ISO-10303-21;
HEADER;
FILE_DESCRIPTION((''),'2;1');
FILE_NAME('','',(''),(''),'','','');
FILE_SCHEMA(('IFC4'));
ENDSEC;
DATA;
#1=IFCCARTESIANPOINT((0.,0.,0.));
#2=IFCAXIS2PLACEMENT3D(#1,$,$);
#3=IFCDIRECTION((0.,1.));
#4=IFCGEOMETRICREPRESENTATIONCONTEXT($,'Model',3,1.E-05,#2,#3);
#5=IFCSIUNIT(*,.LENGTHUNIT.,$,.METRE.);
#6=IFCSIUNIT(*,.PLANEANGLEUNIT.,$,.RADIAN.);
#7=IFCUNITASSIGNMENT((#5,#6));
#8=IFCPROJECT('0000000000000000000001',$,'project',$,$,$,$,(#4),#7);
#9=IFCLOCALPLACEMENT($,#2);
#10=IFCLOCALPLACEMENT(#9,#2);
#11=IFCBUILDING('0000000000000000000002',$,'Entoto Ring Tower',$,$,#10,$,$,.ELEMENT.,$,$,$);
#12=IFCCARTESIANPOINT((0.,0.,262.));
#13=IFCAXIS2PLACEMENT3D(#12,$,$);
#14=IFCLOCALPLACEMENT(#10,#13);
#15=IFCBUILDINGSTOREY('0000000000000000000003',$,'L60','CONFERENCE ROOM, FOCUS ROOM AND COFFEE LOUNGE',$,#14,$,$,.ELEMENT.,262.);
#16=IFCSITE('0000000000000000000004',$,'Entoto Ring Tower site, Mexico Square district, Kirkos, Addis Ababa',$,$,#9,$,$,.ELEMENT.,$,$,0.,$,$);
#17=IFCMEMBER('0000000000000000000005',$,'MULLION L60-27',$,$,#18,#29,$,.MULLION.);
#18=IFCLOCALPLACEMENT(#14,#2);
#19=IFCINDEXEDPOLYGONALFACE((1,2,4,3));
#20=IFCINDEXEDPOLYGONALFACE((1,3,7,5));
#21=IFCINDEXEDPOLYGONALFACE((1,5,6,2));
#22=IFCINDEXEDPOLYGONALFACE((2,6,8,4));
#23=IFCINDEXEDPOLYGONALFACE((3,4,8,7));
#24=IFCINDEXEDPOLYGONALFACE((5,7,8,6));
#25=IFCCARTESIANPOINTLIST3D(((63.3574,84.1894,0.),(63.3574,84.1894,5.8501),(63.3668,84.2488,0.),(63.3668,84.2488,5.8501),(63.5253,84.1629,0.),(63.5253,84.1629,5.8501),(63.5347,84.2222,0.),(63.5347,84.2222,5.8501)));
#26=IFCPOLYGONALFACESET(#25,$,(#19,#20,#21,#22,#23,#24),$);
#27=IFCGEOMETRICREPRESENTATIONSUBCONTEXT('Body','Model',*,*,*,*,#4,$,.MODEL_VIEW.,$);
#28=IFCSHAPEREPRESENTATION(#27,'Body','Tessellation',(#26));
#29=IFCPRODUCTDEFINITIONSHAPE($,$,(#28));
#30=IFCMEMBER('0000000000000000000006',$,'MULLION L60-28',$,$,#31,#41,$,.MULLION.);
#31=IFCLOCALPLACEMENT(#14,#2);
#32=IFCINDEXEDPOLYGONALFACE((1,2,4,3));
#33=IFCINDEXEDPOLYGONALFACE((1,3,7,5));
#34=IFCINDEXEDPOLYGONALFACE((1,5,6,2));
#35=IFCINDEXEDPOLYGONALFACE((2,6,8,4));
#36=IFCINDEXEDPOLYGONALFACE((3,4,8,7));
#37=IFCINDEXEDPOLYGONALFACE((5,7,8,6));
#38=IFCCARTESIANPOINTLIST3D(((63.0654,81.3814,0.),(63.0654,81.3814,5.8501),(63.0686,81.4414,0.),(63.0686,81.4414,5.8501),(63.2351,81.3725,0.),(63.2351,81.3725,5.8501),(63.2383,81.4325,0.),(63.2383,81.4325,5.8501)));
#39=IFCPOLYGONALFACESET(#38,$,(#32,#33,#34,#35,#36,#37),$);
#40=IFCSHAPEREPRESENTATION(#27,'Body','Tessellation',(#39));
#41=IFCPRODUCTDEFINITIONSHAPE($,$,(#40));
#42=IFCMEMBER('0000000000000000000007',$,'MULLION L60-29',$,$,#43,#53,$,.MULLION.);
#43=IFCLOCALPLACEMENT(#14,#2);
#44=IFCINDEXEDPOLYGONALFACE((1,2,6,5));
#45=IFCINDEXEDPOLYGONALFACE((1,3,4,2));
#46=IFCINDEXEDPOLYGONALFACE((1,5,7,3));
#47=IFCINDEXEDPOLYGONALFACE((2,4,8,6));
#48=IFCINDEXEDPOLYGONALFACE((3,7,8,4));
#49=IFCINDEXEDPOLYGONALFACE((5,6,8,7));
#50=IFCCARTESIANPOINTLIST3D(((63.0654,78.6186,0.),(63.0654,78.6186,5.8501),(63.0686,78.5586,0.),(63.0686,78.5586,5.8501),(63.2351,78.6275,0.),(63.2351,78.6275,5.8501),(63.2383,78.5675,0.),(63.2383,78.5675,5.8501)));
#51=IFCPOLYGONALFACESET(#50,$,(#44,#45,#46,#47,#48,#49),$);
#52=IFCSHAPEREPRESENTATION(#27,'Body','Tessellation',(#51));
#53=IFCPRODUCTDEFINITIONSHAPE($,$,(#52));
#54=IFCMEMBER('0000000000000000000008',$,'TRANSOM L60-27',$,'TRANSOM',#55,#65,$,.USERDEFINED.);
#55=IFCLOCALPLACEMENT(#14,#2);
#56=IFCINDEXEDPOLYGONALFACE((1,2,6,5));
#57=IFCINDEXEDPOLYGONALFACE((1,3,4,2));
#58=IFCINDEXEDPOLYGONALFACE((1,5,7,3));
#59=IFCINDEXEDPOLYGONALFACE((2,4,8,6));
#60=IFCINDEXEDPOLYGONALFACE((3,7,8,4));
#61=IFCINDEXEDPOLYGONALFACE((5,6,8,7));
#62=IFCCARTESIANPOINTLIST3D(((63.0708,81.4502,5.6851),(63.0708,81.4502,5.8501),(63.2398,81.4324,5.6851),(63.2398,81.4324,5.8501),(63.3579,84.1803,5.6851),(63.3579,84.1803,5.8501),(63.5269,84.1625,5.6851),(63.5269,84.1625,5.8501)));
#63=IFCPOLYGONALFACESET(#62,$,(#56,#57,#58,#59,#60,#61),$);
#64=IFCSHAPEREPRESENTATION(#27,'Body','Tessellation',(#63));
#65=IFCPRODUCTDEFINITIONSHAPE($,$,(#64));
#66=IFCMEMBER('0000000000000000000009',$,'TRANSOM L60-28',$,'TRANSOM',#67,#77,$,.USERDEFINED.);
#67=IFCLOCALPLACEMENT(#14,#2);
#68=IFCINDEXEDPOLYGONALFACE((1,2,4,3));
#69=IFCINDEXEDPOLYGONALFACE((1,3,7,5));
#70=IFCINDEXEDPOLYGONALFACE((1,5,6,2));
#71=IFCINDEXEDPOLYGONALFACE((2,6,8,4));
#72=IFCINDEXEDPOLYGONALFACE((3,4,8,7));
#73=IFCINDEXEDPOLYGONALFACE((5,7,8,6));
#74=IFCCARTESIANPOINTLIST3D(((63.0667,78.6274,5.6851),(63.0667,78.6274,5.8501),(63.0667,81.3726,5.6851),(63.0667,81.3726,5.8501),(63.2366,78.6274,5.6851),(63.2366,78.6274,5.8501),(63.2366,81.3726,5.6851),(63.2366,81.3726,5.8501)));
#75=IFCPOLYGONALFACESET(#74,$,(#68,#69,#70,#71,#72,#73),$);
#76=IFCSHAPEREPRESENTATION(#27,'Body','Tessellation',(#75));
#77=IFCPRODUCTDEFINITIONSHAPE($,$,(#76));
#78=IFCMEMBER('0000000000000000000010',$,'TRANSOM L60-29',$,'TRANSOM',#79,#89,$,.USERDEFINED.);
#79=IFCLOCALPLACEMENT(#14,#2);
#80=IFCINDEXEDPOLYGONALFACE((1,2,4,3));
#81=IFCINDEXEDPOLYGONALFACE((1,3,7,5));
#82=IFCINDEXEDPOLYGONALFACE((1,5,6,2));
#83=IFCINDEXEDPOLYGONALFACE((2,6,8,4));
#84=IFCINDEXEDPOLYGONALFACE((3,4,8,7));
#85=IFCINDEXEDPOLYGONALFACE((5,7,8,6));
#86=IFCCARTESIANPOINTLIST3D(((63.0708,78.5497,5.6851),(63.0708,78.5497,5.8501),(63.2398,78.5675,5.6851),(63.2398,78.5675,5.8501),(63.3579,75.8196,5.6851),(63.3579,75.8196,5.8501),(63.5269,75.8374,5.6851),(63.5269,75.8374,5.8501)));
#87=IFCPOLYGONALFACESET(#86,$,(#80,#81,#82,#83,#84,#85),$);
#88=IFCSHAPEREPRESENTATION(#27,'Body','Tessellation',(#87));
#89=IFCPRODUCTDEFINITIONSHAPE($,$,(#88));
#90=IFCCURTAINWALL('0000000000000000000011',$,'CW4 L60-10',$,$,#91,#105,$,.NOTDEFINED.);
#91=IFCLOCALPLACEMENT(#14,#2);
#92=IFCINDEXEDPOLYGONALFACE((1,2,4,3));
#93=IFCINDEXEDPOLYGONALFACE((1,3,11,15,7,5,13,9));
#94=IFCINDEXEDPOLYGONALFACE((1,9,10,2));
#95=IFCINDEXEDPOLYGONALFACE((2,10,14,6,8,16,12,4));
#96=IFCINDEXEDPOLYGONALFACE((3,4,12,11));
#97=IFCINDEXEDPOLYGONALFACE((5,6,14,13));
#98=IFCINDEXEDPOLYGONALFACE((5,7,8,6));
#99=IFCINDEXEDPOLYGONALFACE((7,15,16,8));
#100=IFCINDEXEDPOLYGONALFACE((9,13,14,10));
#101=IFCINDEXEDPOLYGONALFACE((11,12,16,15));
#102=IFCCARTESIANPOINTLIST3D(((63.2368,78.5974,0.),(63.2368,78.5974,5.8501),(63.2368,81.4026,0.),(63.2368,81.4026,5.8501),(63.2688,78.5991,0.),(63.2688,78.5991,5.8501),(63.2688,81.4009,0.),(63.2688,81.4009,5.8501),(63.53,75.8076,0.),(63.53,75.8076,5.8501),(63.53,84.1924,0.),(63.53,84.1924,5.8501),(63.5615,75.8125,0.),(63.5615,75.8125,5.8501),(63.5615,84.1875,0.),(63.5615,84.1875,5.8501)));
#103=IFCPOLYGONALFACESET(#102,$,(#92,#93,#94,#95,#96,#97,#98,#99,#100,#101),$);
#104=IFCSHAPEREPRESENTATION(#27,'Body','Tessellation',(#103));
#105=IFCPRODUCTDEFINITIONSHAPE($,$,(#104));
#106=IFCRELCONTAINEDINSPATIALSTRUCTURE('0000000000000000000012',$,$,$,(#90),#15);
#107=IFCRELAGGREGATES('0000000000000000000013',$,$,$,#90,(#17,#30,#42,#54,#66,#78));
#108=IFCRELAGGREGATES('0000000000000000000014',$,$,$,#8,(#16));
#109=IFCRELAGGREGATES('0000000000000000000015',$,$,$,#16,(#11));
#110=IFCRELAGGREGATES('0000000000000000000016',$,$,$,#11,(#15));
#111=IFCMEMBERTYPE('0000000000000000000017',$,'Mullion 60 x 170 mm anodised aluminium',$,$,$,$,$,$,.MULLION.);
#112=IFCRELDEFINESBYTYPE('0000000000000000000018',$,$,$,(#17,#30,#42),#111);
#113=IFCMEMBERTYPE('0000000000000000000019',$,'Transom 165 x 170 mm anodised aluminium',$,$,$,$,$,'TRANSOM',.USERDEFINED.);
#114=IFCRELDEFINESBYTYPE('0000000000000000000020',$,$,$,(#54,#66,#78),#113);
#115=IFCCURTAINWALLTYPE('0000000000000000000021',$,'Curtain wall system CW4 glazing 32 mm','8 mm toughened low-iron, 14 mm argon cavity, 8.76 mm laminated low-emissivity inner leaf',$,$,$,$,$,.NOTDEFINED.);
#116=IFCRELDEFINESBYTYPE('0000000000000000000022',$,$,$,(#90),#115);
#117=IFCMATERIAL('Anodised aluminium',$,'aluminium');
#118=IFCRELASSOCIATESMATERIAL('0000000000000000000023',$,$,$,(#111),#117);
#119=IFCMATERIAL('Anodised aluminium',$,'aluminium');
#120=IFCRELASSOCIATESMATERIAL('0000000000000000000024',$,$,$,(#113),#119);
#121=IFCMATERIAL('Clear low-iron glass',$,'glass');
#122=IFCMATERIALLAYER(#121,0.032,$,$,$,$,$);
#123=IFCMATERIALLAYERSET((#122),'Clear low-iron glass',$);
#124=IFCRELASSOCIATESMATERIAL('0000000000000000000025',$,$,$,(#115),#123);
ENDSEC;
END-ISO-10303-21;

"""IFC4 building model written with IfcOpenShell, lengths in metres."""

from ifc_helpers import new_model, si_unit, direction, frame, origin, origin_2d, place, context, subcontext, project, spatial, polyline, rectangle, outline, extrude, material, layer, layer_set, material_profile, profile_set, type_object, element, aggregate, save


model = new_model("IFC4")

# Units and contexts
model_context = context("Model", 3, precision=1e-05, world=origin(), true_north=direction((0.0, 1.0)))
body_context = subcontext(model_context, "Body", "Model", "MODEL_VIEW")
ifc_project = project(units=[si_unit("LENGTHUNIT", "METRE"), si_unit("PLANEANGLEUNIT", "RADIAN")], contexts=[model_context])

# Members
ifc_material_1 = material(Name="Anodised aluminium", Category="aluminium")
ifc_material_profile_1 = material_profile(ifc_material_1, rectangle(XDim=0.0601, YDim=0.1699, at=origin_2d()), Name="Mullion 60 x 170 mm anodised aluminium")
ifc_profile_set_1 = profile_set([ifc_material_profile_1], Name="Anodised aluminium")
member_type_1 = type_object("IfcMemberType", Name="Mullion 60 x 170 mm anodised aluminium", PredefinedType="MULLION", material=ifc_profile_set_1)
site_placement = place(None, origin())
building_placement = place(site_placement, origin())
storey_placement = place(building_placement, frame((0.0, 0.0, 262.0)))
member_1_placement = place(storey_placement, frame((63.446, 84.2058, 0.0), z_axis=(0.0, 0.0, 1.0), x_axis=(-0.156434, -0.987688, 0.0)))
member_1 = element("IfcMember", 1, at=member_1_placement, type_object=member_type_1, Name="MULLION L60-27", PredefinedType="MULLION", context=body_context, shape_type="SweptSolid", body=[
    extrude(rectangle(XDim=0.0601, YDim=0.1699, at=origin_2d()), origin(), (0.0, 0.0, 1.0), 5.8501),
])
member_2_placement = place(storey_placement, frame((63.1519, 81.407, 0.0), z_axis=(0.0, 0.0, 1.0), x_axis=(-0.052336, -0.99863, 0.0)))
member_2 = element("IfcMember", 2, at=member_2_placement, type_object=member_type_1, Name="MULLION L60-28", PredefinedType="MULLION", context=body_context, shape_type="SweptSolid", body=[
    extrude(rectangle(XDim=0.0601, YDim=0.1699, at=origin_2d()), origin(), (0.0, 0.0, 1.0), 5.8501),
])
member_3_placement = place(storey_placement, frame((63.1519, 78.593, 0.0), z_axis=(0.0, 0.0, 1.0), x_axis=(0.052336, -0.99863, 0.0)))
member_3 = element("IfcMember", 3, at=member_3_placement, type_object=member_type_1, Name="MULLION L60-29", PredefinedType="MULLION", context=body_context, shape_type="SweptSolid", body=[
    extrude(rectangle(XDim=0.0601, YDim=0.1699, at=origin_2d()), origin(), (0.0, 0.0, 1.0), 5.8501),
])
ifc_material_2 = material(Name="Anodised aluminium", Category="aluminium")
ifc_material_profile_2 = material_profile(ifc_material_2, rectangle(XDim=0.1699, YDim=0.165, at=origin_2d()), Name="Transom 165 x 170 mm anodised aluminium")
ifc_profile_set_2 = profile_set([ifc_material_profile_2], Name="Anodised aluminium")
member_type_2 = type_object("IfcMemberType", Name="Transom 165 x 170 mm anodised aluminium", ElementType="TRANSOM", PredefinedType="USERDEFINED", material=ifc_profile_set_2)
member_4_placement = place(storey_placement, frame((63.4424, 84.1714, 5.7676), z_axis=(-0.104592, -0.994515, 0.0), x_axis=(0.994515, -0.104592, 0.0)))
member_4 = element("IfcMember", 4, at=member_4_placement, type_object=member_type_2, Name="TRANSOM L60-27", ObjectType="TRANSOM", PredefinedType="USERDEFINED", context=body_context, shape_type="SweptSolid", body=[
    extrude(rectangle(XDim=0.1699, YDim=0.165, at=origin_2d()), origin(), (0.0, 0.0, 1.0), 2.7451),
])
member_5_placement = place(storey_placement, frame((63.1516, 81.3726, 5.7676), z_axis=(0.0, -1.0, 0.0), x_axis=(1.0, 0.0, 0.0)))
member_5 = element("IfcMember", 5, at=member_5_placement, type_object=member_type_2, Name="TRANSOM L60-28", ObjectType="TRANSOM", PredefinedType="USERDEFINED", context=body_context, shape_type="SweptSolid", body=[
    extrude(rectangle(XDim=0.1699, YDim=0.165, at=origin_2d()), origin(), (0.0, 0.0, 1.0), 2.7451),
])
member_6_placement = place(storey_placement, frame((63.1553, 78.5586, 5.7676), z_axis=(0.104592, -0.994515, 0.0), x_axis=(0.994515, 0.104592, 0.0)))
member_6 = element("IfcMember", 6, at=member_6_placement, type_object=member_type_2, Name="TRANSOM L60-29", ObjectType="TRANSOM", PredefinedType="USERDEFINED", context=body_context, shape_type="SweptSolid", body=[
    extrude(rectangle(XDim=0.1699, YDim=0.165, at=origin_2d()), origin(), (0.0, 0.0, 1.0), 2.7451),
])

# Site, building, storey
site = spatial("IfcSite", under=ifc_project, at=site_placement, Name="Entoto Ring Tower site, Mexico Square district, Kirkos, Addis Ababa", CompositionType="ELEMENT", RefElevation=0.0)
building = spatial("IfcBuilding", under=site, at=building_placement, Name="Entoto Ring Tower", CompositionType="ELEMENT")
storey = spatial("IfcBuildingStorey", under=building, at=storey_placement, Name="L60", Description="CONFERENCE ROOM, FOCUS ROOM AND COFFEE LOUNGE", CompositionType="ELEMENT", Elevation=262.0)

# Curtain wall
ifc_material_3 = material(Name="Clear low-iron glass", Category="glass")
ifc_layer = layer(ifc_material_3, 0.032)
ifc_layer_set = layer_set([ifc_layer], Name="Clear low-iron glass")
curtain_wall_type = type_object("IfcCurtainWallType", Name="Curtain wall system CW4 glazing 32 mm", Description="8 mm toughened low-iron, 14 mm argon cavity, 8.76 mm laminated low-emissivity inner leaf", PredefinedType="NOTDEFINED", material=ifc_layer_set)
curtain_wall_1_placement = place(storey_placement, origin())
curtain_wall_1 = element("IfcCurtainWall", 7, at=curtain_wall_1_placement, inside=storey, type_object=curtain_wall_type, Name="CW4 L60-10", PredefinedType="NOTDEFINED", context=body_context, shape_type="SweptSolid", body=[
    extrude(outline(polyline([(63.53, 84.1924), (63.2368, 81.4026), (63.2368, 78.5974), (63.53, 75.8076), (63.5615, 75.8125), (63.2688, 78.5991), (63.2688, 81.4009), (63.5615, 84.1875), (63.53, 84.1924)])), origin(), (0.0, 0.0, 1.0), 5.8501),
])
aggregate(curtain_wall_1, [member_1, member_2, member_3, member_4, member_5, member_6])

save(model, "model.ifc")
